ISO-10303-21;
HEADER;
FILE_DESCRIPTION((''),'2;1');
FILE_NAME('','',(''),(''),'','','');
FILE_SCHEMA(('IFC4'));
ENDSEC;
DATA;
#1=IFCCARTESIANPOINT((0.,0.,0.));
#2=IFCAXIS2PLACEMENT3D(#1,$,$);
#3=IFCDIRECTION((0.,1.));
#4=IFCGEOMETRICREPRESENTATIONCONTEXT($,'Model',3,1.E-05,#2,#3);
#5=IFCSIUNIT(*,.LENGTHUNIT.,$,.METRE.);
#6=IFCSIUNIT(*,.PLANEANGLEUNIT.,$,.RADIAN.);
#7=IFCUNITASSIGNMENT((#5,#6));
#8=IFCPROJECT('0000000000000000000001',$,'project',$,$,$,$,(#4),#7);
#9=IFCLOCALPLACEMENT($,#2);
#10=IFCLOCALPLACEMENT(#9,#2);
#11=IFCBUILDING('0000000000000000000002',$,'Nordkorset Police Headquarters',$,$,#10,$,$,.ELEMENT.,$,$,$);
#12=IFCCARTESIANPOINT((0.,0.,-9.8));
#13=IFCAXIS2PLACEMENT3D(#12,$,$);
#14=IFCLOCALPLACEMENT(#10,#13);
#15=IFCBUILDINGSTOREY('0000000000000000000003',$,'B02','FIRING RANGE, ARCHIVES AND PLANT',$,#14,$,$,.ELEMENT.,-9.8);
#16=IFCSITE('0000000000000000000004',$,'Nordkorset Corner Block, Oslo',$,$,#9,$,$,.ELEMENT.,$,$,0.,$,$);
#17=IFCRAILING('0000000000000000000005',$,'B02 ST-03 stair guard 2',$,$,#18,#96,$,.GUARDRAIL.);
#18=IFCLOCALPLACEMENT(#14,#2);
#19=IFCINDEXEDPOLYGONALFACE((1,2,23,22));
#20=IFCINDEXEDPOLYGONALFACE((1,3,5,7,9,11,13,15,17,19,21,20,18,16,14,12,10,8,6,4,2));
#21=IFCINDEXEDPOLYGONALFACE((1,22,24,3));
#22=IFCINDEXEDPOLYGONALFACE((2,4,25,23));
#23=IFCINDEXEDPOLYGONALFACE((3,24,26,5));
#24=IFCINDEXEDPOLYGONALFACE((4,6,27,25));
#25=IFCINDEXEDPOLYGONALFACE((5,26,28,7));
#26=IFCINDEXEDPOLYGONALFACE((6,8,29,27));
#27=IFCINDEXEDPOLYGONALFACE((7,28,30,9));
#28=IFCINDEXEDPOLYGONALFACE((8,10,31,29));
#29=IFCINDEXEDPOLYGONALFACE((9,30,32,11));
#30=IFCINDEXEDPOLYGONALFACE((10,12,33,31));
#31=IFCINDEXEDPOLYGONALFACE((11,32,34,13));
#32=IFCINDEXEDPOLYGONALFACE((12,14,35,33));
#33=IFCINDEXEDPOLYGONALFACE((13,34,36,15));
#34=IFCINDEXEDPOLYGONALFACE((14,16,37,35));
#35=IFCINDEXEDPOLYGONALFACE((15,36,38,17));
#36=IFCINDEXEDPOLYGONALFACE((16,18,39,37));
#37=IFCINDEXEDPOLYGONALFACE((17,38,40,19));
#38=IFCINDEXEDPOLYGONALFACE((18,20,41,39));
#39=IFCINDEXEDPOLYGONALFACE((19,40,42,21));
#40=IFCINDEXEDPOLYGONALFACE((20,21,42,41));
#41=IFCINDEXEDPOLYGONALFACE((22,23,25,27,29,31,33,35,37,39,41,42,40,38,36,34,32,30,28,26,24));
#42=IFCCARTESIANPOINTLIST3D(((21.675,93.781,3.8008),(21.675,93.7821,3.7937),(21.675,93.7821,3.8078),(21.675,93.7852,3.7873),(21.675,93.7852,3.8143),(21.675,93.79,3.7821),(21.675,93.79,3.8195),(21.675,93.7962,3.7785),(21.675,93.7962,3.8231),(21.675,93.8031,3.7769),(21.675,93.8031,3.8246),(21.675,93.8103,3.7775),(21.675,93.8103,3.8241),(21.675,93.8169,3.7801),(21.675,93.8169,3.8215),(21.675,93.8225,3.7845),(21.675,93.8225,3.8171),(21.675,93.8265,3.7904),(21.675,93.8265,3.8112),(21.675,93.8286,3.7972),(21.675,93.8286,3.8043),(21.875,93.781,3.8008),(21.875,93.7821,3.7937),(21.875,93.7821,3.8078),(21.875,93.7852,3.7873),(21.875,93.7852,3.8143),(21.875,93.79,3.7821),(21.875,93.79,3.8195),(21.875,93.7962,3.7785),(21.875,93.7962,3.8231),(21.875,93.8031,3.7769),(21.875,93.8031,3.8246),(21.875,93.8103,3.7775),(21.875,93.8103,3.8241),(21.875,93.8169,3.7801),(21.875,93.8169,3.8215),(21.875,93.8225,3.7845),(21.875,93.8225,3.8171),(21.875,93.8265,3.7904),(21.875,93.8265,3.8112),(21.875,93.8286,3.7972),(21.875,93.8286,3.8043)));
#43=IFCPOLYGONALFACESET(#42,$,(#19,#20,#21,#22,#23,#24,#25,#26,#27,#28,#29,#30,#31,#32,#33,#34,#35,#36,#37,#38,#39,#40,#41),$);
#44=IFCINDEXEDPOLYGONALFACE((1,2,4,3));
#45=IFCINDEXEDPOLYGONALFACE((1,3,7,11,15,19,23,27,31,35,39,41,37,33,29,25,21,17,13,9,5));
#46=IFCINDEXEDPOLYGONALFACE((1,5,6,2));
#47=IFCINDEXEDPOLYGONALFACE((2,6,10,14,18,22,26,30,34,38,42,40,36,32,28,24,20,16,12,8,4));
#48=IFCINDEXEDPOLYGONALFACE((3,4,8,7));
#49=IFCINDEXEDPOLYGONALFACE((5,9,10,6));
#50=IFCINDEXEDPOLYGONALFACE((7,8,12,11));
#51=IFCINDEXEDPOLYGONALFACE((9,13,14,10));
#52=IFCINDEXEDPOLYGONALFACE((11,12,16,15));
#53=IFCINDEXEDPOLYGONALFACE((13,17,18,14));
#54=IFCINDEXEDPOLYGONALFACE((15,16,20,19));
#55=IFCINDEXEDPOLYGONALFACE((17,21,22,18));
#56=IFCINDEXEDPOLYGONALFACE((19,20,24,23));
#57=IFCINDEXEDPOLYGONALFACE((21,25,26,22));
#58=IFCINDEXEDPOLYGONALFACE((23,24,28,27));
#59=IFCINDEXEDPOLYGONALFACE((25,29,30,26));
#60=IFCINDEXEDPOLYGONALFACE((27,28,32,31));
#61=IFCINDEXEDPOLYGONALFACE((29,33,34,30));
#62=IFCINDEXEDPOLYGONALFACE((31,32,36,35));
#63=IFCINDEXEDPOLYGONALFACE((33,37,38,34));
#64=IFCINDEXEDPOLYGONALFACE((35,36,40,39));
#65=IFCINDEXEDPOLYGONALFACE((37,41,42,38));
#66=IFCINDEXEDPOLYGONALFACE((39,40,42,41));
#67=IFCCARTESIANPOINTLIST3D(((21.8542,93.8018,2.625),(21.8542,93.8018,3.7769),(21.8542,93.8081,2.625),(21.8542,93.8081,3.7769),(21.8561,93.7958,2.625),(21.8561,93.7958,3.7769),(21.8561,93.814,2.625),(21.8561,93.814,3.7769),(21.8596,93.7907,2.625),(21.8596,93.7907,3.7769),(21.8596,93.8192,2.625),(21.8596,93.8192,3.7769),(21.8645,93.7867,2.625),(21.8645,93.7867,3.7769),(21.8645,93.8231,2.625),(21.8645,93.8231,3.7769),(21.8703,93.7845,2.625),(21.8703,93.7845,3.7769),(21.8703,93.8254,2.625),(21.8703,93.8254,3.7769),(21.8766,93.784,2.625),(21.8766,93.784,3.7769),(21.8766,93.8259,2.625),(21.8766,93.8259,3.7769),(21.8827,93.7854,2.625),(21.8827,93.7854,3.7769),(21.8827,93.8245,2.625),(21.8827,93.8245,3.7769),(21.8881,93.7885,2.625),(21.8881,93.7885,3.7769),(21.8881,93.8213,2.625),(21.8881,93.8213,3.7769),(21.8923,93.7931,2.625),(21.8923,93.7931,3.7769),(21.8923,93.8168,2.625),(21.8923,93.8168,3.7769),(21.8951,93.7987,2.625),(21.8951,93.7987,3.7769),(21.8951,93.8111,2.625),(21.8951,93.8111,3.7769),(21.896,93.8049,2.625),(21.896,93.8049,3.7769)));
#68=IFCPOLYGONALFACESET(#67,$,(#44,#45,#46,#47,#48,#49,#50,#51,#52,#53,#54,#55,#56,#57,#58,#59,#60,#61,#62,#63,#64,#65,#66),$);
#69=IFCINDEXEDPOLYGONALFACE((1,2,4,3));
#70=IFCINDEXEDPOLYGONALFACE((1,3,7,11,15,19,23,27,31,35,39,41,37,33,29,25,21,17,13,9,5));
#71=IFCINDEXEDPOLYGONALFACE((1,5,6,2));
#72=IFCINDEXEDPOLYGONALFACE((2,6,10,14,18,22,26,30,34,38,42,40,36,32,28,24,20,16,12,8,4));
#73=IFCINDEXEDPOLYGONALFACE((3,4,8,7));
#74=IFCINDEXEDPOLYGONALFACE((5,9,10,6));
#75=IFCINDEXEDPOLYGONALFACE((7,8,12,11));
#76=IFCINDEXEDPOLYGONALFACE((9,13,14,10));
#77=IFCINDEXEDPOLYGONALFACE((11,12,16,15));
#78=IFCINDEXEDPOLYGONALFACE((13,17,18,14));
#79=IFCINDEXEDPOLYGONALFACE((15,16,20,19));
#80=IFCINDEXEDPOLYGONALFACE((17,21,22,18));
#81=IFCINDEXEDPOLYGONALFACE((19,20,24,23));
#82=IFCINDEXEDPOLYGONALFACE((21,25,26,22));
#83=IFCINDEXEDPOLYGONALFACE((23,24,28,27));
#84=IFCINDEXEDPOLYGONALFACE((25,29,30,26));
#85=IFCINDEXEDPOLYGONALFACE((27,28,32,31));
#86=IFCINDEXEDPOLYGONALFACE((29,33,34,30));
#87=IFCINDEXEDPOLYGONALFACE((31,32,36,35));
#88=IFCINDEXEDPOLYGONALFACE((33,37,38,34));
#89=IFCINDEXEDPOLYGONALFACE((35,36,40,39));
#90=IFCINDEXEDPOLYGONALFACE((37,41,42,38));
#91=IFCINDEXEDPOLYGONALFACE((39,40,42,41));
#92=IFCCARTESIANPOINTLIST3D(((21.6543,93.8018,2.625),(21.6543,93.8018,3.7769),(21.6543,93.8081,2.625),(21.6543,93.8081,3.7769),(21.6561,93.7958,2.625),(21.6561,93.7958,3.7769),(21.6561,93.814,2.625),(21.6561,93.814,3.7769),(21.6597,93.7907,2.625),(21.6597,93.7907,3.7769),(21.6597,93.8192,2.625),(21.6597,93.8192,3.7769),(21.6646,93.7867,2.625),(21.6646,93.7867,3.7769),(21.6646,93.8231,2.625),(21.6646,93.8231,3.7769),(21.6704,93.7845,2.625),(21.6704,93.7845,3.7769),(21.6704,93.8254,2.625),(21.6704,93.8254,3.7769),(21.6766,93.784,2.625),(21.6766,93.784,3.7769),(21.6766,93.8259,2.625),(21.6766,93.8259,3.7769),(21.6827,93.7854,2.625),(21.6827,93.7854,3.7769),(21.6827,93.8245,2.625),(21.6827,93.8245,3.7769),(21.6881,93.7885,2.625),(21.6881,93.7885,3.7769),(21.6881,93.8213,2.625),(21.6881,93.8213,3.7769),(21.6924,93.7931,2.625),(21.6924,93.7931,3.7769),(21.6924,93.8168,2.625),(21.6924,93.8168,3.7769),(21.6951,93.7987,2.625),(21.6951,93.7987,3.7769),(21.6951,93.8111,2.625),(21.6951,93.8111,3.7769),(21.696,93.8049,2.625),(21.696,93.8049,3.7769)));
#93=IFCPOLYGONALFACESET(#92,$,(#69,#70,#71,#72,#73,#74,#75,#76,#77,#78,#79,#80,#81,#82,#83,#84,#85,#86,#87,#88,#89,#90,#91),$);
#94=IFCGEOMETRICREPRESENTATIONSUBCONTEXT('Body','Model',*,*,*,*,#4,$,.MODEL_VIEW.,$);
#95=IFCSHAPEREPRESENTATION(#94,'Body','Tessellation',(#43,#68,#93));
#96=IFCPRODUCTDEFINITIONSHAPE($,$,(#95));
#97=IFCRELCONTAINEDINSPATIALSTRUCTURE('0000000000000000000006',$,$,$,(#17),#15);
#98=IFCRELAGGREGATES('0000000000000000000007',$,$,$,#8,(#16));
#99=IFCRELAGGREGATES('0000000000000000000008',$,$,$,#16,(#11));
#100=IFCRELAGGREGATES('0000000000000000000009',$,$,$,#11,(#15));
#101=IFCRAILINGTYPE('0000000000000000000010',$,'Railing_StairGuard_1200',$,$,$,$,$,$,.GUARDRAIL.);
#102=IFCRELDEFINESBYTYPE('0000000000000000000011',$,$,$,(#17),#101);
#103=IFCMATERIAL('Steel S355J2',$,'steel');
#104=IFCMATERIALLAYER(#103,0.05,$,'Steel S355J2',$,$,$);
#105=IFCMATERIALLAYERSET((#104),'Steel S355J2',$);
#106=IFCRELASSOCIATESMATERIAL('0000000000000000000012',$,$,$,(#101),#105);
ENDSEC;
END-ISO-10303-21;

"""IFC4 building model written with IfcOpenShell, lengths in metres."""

from ifc_helpers import new_model, si_unit, direction, frame, origin, origin_2d, place, context, subcontext, project, spatial, circle, extrude, material, layer, layer_set, type_object, element, save


model = new_model("IFC4")

# Units and contexts
model_context = context("Model", 3, precision=1e-05, world=origin(), true_north=direction((0.0, 1.0)))
body_context = subcontext(model_context, "Body", "Model", "MODEL_VIEW")
ifc_project = project(units=[si_unit("LENGTHUNIT", "METRE"), si_unit("PLANEANGLEUNIT", "RADIAN")], contexts=[model_context])

# Site, building, storey
site_placement = place(None, origin())
site = spatial("IfcSite", under=ifc_project, at=site_placement, Name="Nordkorset Corner Block, Oslo", CompositionType="ELEMENT", RefElevation=0.0)
building_placement = place(site_placement, origin())
building = spatial("IfcBuilding", under=site, at=building_placement, Name="Nordkorset Police Headquarters", CompositionType="ELEMENT")
storey_placement = place(building_placement, frame((0.0, 0.0, -9.8)))
storey = spatial("IfcBuildingStorey", under=building, at=storey_placement, Name="B02", Description="FIRING RANGE, ARCHIVES AND PLANT", CompositionType="ELEMENT", Elevation=-9.8)

# Railing
ifc_material_1 = material(Name="Steel S355J2", Category="steel")
ifc_layer_1 = layer(ifc_material_1, 0.05, Name="Steel S355J2")
ifc_layer_set_1 = layer_set([ifc_layer_1], Name="Steel S355J2")
railing_type_1 = type_object("IfcRailingType", Name="Railing_StairGuard_1200", PredefinedType="GUARDRAIL", material=ifc_layer_set_1)
railing_1_placement = place(storey_placement, frame((21.875, 93.8049, 2.625)))
element("IfcRailing", 1, at=railing_1_placement, inside=storey, type_object=railing_type_1, Name="B02 ST-03 stair guard 2", PredefinedType="GUARDRAIL", context=body_context, shape_type="SweptSolid", body=[
    extrude(circle(Radius=0.0239, at=origin_2d()), frame((0.0, 0.0, 1.1758), z_axis=(-1.0, 0.0, 0.0), x_axis=(0.0, -1.0, 0.0)), (0.0, 0.0, 1.0), 0.2),
    extrude(circle(Radius=0.021, at=origin_2d()), origin(), (0.0, 0.0, 1.0), 1.1519),
    extrude(circle(Radius=0.021, at=origin_2d()), frame((-0.2, 0.0, 0.0)), (0.0, 0.0, 1.0), 1.1519),
])

save(model, "model.ifc")
